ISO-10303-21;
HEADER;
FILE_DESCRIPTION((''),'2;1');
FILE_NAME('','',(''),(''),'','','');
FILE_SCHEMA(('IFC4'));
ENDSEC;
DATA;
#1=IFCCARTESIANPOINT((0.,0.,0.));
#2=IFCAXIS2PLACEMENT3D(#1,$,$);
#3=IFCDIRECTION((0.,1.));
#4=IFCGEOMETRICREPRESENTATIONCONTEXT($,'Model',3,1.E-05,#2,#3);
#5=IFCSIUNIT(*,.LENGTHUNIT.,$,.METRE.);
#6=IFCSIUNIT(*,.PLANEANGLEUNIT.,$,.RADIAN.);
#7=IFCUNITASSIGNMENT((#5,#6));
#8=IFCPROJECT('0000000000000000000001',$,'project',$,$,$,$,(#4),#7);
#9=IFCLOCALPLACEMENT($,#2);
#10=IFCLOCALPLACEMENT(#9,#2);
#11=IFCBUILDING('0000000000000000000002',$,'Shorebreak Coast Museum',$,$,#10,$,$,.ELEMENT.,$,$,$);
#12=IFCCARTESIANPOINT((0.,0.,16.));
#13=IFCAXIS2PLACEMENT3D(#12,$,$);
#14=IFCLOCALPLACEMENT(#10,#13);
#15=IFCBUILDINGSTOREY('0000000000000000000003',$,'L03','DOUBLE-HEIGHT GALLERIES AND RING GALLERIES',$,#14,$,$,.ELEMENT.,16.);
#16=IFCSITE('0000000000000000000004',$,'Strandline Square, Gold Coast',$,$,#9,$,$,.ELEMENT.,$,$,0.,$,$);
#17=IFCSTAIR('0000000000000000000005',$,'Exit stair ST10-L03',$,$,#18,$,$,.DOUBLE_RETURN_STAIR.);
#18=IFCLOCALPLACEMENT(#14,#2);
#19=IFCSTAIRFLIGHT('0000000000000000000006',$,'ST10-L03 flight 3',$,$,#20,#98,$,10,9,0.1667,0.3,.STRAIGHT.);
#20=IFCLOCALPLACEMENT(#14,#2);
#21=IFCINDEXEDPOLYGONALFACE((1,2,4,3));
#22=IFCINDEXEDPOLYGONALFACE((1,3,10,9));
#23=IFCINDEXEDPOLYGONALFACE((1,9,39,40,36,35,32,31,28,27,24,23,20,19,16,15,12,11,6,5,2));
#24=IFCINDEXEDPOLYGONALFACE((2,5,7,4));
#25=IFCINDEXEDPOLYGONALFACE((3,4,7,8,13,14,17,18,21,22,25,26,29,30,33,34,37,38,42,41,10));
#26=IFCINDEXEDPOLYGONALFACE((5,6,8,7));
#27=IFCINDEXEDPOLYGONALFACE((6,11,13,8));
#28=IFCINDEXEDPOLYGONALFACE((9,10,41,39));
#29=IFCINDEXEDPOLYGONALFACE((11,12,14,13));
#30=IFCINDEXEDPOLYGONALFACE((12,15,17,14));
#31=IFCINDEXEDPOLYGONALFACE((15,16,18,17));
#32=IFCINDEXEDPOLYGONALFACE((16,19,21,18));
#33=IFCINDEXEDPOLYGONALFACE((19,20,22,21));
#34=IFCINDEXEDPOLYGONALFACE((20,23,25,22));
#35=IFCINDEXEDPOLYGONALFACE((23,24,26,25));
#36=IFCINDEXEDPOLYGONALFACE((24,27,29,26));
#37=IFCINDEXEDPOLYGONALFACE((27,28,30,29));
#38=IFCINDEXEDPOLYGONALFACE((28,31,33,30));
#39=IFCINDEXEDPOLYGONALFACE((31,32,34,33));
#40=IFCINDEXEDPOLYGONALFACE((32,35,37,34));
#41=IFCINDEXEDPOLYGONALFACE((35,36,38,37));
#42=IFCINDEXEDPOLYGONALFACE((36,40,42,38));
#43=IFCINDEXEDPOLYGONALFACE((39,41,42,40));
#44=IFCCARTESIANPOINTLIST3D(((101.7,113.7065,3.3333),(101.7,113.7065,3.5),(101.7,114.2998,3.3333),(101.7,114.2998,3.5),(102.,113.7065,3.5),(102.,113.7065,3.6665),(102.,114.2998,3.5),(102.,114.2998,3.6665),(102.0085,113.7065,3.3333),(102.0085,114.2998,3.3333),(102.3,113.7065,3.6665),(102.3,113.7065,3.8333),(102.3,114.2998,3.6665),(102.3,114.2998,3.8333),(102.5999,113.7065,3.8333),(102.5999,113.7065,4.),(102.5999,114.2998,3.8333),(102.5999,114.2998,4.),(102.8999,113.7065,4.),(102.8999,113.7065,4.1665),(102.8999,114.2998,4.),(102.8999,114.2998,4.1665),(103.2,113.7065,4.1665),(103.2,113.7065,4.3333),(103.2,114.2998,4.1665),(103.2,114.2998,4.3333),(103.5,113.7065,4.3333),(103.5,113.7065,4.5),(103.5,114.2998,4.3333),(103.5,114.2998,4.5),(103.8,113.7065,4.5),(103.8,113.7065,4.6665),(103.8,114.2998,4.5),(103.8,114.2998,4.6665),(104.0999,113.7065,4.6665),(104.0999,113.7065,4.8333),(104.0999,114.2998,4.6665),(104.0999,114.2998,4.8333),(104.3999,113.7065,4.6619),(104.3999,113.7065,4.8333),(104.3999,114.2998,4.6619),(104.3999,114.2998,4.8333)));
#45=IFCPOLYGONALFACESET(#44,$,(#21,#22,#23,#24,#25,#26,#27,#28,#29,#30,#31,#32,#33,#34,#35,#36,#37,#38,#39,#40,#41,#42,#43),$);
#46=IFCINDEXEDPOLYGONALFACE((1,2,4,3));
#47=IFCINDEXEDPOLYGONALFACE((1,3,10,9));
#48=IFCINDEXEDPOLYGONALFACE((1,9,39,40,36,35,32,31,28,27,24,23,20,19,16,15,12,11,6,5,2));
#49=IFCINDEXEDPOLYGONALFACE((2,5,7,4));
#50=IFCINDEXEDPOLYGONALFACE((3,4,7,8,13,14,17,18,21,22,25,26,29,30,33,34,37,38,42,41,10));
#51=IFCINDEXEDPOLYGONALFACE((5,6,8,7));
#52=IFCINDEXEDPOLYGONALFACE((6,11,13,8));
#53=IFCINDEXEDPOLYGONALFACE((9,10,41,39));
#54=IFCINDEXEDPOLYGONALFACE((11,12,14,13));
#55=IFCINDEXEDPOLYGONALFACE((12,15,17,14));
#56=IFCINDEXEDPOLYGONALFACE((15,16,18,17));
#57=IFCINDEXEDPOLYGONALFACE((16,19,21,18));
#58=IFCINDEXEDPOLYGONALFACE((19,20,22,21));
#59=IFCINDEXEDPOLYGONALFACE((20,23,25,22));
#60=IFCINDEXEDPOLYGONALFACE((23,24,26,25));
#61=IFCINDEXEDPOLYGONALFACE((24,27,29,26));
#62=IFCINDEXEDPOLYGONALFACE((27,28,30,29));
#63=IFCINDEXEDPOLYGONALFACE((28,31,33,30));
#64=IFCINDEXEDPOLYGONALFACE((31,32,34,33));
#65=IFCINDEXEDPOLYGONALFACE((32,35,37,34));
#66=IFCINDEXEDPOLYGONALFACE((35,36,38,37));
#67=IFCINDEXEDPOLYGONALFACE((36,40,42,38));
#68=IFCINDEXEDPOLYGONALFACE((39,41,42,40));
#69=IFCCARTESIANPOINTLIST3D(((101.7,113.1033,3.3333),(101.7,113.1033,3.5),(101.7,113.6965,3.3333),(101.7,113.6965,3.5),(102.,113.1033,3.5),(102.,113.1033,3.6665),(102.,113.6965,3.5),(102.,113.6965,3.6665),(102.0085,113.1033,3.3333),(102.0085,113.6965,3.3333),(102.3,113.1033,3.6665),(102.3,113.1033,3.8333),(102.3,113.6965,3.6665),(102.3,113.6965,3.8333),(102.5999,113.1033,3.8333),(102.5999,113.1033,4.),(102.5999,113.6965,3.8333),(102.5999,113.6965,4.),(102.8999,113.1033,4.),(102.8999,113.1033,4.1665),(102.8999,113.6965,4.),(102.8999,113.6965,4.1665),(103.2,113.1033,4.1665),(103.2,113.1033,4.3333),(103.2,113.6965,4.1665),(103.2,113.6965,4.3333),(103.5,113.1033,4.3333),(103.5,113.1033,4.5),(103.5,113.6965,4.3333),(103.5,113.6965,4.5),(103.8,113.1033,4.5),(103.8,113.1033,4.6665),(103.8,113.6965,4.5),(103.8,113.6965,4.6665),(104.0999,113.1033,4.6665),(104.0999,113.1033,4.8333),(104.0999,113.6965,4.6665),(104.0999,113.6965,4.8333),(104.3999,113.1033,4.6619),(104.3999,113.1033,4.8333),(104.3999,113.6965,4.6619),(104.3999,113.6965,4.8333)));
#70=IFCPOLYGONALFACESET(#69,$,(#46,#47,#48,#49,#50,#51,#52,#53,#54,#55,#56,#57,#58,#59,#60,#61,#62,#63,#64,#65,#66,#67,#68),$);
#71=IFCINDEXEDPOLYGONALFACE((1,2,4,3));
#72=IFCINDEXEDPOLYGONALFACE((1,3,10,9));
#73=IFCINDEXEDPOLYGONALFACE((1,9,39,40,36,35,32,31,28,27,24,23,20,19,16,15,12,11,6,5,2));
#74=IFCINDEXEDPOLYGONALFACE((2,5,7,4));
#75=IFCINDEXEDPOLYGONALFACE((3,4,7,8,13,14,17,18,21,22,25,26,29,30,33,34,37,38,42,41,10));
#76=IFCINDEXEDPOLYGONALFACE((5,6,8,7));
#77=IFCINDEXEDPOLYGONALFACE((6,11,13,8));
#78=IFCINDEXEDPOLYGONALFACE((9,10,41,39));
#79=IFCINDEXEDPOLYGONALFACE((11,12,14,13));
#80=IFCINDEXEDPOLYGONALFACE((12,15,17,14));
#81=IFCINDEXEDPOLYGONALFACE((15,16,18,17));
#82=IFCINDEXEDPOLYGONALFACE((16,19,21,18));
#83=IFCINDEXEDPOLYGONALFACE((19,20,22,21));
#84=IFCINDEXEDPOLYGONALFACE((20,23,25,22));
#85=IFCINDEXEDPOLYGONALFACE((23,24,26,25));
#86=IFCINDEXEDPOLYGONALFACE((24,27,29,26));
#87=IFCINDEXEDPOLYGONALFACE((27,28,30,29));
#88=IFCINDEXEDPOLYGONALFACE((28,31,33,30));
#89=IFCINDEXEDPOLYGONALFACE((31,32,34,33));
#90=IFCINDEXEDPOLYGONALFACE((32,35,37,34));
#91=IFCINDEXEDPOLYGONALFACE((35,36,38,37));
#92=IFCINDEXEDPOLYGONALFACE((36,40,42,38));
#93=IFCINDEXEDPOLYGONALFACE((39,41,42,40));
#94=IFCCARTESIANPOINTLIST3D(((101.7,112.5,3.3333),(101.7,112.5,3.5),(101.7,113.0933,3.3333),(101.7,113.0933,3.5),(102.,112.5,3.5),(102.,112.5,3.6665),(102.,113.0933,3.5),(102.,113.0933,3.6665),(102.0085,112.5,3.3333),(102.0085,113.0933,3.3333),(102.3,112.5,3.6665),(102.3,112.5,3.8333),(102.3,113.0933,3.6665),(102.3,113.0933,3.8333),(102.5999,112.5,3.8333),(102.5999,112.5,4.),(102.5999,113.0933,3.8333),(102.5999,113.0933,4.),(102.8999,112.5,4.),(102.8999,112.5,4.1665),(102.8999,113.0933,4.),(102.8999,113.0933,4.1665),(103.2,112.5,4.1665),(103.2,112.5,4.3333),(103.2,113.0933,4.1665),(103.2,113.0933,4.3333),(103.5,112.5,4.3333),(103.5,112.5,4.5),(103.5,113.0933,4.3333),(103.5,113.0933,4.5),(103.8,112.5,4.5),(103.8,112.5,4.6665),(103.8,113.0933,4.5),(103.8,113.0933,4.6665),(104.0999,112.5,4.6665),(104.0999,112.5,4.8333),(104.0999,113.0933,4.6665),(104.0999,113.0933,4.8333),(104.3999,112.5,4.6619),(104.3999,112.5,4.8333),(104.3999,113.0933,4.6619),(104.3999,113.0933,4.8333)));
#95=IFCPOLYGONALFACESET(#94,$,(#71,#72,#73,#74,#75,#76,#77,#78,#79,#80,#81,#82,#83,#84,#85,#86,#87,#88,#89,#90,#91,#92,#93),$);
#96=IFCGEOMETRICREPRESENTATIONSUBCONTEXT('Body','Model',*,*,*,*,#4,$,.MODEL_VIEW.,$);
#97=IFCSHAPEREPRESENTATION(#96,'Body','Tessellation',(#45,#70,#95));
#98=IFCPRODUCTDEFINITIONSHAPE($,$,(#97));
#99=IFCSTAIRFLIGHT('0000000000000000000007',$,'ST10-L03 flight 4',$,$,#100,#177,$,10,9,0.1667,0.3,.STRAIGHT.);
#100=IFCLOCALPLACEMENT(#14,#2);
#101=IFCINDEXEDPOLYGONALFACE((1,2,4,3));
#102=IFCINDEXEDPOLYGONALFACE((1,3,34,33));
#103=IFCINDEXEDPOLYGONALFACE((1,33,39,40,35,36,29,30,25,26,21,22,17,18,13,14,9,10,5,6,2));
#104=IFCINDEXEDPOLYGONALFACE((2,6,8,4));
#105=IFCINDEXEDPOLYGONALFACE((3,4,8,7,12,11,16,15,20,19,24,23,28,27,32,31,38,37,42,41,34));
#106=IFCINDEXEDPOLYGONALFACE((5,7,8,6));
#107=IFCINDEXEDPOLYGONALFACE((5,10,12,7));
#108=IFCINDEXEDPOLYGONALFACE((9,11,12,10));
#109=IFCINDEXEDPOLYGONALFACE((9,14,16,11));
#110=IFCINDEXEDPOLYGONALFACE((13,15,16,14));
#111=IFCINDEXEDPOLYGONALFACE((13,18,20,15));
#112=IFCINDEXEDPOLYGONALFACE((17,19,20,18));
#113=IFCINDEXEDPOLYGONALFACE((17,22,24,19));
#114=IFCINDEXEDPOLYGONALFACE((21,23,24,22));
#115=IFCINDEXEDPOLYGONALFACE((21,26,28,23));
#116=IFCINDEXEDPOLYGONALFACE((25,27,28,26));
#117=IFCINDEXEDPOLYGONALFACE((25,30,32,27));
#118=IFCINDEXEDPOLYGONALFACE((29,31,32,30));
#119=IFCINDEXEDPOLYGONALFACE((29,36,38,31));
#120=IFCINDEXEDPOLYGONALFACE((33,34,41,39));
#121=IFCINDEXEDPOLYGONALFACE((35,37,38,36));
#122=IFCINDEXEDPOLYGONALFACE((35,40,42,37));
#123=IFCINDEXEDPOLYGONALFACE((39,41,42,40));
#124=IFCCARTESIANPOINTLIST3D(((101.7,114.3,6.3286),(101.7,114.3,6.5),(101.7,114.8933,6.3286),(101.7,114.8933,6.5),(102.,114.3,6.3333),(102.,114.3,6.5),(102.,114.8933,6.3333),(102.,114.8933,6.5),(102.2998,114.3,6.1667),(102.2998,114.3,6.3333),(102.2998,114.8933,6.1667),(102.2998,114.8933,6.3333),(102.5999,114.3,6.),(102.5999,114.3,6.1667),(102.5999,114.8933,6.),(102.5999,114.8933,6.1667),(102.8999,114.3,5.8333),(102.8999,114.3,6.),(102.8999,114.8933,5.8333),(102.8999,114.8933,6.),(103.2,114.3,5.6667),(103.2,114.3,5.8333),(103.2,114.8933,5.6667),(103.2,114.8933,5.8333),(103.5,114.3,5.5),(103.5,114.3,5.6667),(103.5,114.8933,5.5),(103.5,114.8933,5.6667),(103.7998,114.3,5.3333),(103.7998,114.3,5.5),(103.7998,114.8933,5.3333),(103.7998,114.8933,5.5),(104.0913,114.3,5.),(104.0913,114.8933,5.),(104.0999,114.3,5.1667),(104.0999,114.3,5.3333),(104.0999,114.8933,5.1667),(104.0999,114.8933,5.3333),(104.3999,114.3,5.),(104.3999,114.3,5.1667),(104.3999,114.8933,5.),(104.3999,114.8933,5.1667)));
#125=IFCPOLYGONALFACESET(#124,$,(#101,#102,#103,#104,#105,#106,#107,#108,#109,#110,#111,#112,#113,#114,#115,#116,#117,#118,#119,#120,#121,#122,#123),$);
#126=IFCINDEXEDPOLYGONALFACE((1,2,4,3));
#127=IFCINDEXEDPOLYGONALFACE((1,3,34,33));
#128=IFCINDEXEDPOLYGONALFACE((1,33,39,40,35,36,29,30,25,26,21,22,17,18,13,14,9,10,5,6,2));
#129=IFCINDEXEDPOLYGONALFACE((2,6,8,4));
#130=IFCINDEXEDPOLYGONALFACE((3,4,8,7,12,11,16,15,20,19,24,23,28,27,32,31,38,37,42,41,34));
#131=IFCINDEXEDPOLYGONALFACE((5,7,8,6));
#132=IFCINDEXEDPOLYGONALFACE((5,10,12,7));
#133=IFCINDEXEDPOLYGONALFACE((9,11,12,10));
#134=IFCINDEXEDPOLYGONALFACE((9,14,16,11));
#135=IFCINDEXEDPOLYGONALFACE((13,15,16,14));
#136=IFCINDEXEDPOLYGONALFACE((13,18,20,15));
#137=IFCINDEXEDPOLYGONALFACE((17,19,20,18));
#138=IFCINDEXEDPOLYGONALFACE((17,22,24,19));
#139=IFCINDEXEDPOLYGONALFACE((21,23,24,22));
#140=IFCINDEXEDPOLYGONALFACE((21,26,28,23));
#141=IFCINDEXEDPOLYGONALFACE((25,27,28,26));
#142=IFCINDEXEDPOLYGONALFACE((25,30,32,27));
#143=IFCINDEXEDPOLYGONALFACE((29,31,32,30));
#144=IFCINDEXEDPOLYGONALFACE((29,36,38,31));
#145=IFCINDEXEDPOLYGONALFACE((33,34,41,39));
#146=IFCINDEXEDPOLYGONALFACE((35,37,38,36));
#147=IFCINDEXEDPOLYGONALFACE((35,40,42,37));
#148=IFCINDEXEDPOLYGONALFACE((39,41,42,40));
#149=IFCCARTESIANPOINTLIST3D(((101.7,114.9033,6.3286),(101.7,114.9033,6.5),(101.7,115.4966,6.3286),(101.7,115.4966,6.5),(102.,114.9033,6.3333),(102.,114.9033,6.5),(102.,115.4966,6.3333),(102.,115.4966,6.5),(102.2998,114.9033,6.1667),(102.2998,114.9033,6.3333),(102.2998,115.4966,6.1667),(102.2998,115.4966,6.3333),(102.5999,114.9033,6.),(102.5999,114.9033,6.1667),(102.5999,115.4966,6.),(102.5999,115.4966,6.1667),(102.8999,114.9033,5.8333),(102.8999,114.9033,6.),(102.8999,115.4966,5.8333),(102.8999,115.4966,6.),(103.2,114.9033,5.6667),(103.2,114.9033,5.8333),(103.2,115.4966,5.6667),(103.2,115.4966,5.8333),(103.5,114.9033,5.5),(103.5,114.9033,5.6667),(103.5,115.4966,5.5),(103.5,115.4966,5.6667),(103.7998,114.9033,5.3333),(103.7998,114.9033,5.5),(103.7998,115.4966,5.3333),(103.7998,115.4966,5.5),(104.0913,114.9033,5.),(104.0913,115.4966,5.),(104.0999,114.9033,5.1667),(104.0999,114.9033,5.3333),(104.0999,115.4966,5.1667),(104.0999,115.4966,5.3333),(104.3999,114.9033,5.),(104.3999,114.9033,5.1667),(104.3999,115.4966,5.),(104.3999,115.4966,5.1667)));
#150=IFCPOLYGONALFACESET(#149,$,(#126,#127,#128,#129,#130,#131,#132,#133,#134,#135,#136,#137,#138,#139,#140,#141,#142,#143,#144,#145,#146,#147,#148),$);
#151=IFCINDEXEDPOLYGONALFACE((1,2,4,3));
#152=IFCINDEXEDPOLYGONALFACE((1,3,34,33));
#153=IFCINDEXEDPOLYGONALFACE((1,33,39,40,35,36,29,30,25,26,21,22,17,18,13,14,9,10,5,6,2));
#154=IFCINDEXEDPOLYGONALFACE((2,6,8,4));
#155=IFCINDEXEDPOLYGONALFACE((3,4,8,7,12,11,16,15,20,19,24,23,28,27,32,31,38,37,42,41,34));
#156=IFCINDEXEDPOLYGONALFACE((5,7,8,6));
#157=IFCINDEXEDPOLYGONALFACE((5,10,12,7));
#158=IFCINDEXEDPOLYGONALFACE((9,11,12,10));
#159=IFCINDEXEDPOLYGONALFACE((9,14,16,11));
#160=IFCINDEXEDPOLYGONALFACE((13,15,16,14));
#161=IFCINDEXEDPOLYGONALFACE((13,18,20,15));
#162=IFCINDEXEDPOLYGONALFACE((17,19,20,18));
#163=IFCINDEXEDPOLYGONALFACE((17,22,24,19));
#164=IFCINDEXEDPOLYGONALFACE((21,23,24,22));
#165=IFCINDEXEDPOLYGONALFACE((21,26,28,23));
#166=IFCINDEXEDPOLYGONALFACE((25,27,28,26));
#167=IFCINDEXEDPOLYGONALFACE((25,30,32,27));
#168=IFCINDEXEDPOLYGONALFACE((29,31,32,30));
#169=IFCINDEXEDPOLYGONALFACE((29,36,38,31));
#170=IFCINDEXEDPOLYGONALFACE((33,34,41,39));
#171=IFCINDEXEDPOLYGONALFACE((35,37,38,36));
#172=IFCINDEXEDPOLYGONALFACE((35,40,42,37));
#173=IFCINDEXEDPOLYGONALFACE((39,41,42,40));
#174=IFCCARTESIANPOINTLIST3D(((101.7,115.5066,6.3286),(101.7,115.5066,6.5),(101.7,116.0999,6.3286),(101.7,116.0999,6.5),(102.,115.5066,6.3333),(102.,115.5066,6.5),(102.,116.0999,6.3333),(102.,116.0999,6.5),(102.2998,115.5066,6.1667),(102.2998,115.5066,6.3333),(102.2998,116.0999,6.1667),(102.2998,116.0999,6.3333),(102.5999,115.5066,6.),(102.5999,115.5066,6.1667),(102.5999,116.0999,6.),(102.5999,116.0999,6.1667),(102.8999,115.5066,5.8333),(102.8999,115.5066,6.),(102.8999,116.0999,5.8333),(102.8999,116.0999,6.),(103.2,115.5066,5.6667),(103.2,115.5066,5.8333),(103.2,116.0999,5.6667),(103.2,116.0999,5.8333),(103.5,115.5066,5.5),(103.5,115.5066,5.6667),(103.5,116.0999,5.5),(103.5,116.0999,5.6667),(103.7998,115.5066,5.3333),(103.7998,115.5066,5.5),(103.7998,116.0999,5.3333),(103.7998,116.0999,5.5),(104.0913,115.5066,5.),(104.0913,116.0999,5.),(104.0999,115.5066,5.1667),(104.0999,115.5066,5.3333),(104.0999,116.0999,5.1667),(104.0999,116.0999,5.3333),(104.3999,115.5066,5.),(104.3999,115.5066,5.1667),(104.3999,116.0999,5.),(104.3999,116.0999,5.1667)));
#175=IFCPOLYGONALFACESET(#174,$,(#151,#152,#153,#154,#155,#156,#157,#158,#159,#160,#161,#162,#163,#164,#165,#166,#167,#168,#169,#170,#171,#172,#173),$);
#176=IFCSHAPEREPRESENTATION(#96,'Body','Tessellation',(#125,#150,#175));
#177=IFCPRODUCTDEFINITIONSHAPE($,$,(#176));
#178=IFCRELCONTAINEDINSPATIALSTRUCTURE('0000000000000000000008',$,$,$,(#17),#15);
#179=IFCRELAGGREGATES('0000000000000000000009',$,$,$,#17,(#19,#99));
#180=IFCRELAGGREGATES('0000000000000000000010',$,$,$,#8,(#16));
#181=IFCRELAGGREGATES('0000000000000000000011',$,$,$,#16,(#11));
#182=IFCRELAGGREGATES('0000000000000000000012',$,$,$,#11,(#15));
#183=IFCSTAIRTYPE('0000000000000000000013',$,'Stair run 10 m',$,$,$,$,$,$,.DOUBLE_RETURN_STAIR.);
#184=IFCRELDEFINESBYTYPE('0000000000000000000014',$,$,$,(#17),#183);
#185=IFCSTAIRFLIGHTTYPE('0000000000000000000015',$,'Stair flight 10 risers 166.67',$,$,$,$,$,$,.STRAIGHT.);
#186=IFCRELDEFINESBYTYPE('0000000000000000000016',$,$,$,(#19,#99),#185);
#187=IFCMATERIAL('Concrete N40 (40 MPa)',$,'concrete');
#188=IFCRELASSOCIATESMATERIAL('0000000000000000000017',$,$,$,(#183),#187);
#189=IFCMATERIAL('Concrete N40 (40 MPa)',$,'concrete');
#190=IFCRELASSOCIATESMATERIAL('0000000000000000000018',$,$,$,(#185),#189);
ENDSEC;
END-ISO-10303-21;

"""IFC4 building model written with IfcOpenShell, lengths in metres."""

from ifc_helpers import new_model, si_unit, direction, frame, origin, place, context, subcontext, project, spatial, polyline, outline, extrude, material, type_object, element, aggregate, save


model = new_model("IFC4")

# Units and contexts
model_context = context("Model", 3, precision=1e-05, world=origin(), true_north=direction((0.0, 1.0)))
body_context = subcontext(model_context, "Body", "Model", "MODEL_VIEW")
ifc_project = project(units=[si_unit("LENGTHUNIT", "METRE"), si_unit("PLANEANGLEUNIT", "RADIAN")], contexts=[model_context])

# Site, building, storey
site_placement = place(None, origin())
site = spatial("IfcSite", under=ifc_project, at=site_placement, Name="Strandline Square, Gold Coast", CompositionType="ELEMENT", RefElevation=0.0)
building_placement = place(site_placement, origin())
building = spatial("IfcBuilding", under=site, at=building_placement, Name="Shorebreak Coast Museum", CompositionType="ELEMENT")
storey_placement = place(building_placement, frame((0.0, 0.0, 16.0)))
storey = spatial("IfcBuildingStorey", under=building, at=storey_placement, Name="L03", Description="DOUBLE-HEIGHT GALLERIES AND RING GALLERIES", CompositionType="ELEMENT", Elevation=16.0)

# Stair, stair flights
ifc_material_1 = material(Name="Concrete N40 (40 MPa)", Category="concrete")
stair_type = type_object("IfcStairType", Name="Stair run 10 m", PredefinedType="DOUBLE_RETURN_STAIR", material=ifc_material_1)
stair_placement = place(storey_placement, origin())
stair = element("IfcStair", 1, at=stair_placement, inside=storey, type_object=stair_type, Name="Exit stair ST10-L03", PredefinedType="DOUBLE_RETURN_STAIR")
ifc_material_2 = material(Name="Concrete N40 (40 MPa)", Category="concrete")
stair_flight_type = type_object("IfcStairFlightType", Name="Stair flight 10 risers 166.67", PredefinedType="STRAIGHT", material=ifc_material_2)
stair_flight_1_placement = place(storey_placement, frame((101.7, 113.3999, 3.3333), z_axis=(0.0, 0.0, 1.0), x_axis=(1.0, 0.0, 0.0)))
stair_flight_1 = element("IfcStairFlight", 2, at=stair_flight_1_placement, type_object=stair_flight_type, Name="ST10-L03 flight 3", NumberOfRisers=10, NumberOfTreads=9, PredefinedType="STRAIGHT", RiserHeight=0.1667, TreadLength=0.3, context=body_context, shape_type="SweptSolid", body=[
    extrude(outline(polyline([(0.0, 0.0), (0.0, 0.1667), (0.3, 0.1667), (0.3, 0.3333), (0.6001, 0.3333), (0.6001, 0.5), (0.8999, 0.5), (0.8999, 0.6667), (1.2, 0.6667), (1.2, 0.8333), (1.5, 0.8333), (1.5, 1.0), (1.8, 1.0), (1.8, 1.1667), (2.1001, 1.1667), (2.1001, 1.3333), (2.3999, 1.3333), (2.3999, 1.5), (2.7, 1.5), (2.7, 1.6667), (2.7, 1.3286), (0.3086, 0.0), (0.0, 0.0)])), frame((0.0, 0.8999, 0.0), z_axis=(0.0, -1.0, 0.0), x_axis=(1.0, 0.0, 0.0)), (0.0, 0.0, 1.0), 0.5933),
    extrude(outline(polyline([(0.0, 0.0), (0.0, 0.1667), (0.3, 0.1667), (0.3, 0.3333), (0.6001, 0.3333), (0.6001, 0.5), (0.8999, 0.5), (0.8999, 0.6667), (1.2, 0.6667), (1.2, 0.8333), (1.5, 0.8333), (1.5, 1.0), (1.8, 1.0), (1.8, 1.1667), (2.1001, 1.1667), (2.1001, 1.3333), (2.3999, 1.3333), (2.3999, 1.5), (2.7, 1.5), (2.7, 1.6667), (2.7, 1.3286), (0.3086, 0.0), (0.0, 0.0)])), frame((0.0, 0.2966, 0.0), z_axis=(0.0, -1.0, 0.0), x_axis=(1.0, 0.0, 0.0)), (0.0, 0.0, 1.0), 0.5933),
    extrude(outline(polyline([(0.0, 0.0), (0.0, 0.1667), (0.3, 0.1667), (0.3, 0.3333), (0.6001, 0.3333), (0.6001, 0.5), (0.8999, 0.5), (0.8999, 0.6667), (1.2, 0.6667), (1.2, 0.8333), (1.5, 0.8333), (1.5, 1.0), (1.8, 1.0), (1.8, 1.1667), (2.1001, 1.1667), (2.1001, 1.3333), (2.3999, 1.3333), (2.3999, 1.5), (2.7, 1.5), (2.7, 1.6667), (2.7, 1.3286), (0.3086, 0.0), (0.0, 0.0)])), frame((0.0, -0.3066, 0.0), z_axis=(0.0, -1.0, 0.0), x_axis=(1.0, 0.0, 0.0)), (0.0, 0.0, 1.0), 0.5933),
])
stair_flight_2_placement = place(storey_placement, frame((104.3999, 115.2, 5.0), z_axis=(0.0, 0.0, 1.0), x_axis=(-1.0, 0.0, 0.0)))
stair_flight_2 = element("IfcStairFlight", 3, at=stair_flight_2_placement, type_object=stair_flight_type, Name="ST10-L03 flight 4", NumberOfRisers=10, NumberOfTreads=9, PredefinedType="STRAIGHT", RiserHeight=0.1667, TreadLength=0.3, context=body_context, shape_type="SweptSolid", body=[
    extrude(outline(polyline([(0.0, 0.0), (0.0, 0.1667), (0.3, 0.1667), (0.3, 0.3333), (0.6001, 0.3333), (0.6001, 0.5), (0.8999, 0.5), (0.8999, 0.6667), (1.2, 0.6667), (1.2, 0.8333), (1.5, 0.8333), (1.5, 1.0), (1.8, 1.0), (1.8, 1.1667), (2.1001, 1.1667), (2.1001, 1.3333), (2.3999, 1.3333), (2.3999, 1.5), (2.7, 1.5), (2.7, 1.6667), (2.7, 1.3286), (0.3086, 0.0), (0.0, 0.0)])), frame((0.0, 0.8999, 0.0), z_axis=(0.0, -1.0, 0.0), x_axis=(1.0, 0.0, 0.0)), (0.0, 0.0, 1.0), 0.5933),
    extrude(outline(polyline([(0.0, 0.0), (0.0, 0.1667), (0.3, 0.1667), (0.3, 0.3333), (0.6001, 0.3333), (0.6001, 0.5), (0.8999, 0.5), (0.8999, 0.6667), (1.2, 0.6667), (1.2, 0.8333), (1.5, 0.8333), (1.5, 1.0), (1.8, 1.0), (1.8, 1.1667), (2.1001, 1.1667), (2.1001, 1.3333), (2.3999, 1.3333), (2.3999, 1.5), (2.7, 1.5), (2.7, 1.6667), (2.7, 1.3286), (0.3086, 0.0), (0.0, 0.0)])), frame((0.0, 0.2966, 0.0), z_axis=(0.0, -1.0, 0.0), x_axis=(1.0, 0.0, 0.0)), (0.0, 0.0, 1.0), 0.5933),
    extrude(outline(polyline([(0.0, 0.0), (0.0, 0.1667), (0.3, 0.1667), (0.3, 0.3333), (0.6001, 0.3333), (0.6001, 0.5), (0.8999, 0.5), (0.8999, 0.6667), (1.2, 0.6667), (1.2, 0.8333), (1.5, 0.8333), (1.5, 1.0), (1.8, 1.0), (1.8, 1.1667), (2.1001, 1.1667), (2.1001, 1.3333), (2.3999, 1.3333), (2.3999, 1.5), (2.7, 1.5), (2.7, 1.6667), (2.7, 1.3286), (0.3086, 0.0), (0.0, 0.0)])), frame((0.0, -0.3066, 0.0), z_axis=(0.0, -1.0, 0.0), x_axis=(1.0, 0.0, 0.0)), (0.0, 0.0, 1.0), 0.5933),
])
aggregate(stair, [stair_flight_1, stair_flight_2])

save(model, "model.ifc")
